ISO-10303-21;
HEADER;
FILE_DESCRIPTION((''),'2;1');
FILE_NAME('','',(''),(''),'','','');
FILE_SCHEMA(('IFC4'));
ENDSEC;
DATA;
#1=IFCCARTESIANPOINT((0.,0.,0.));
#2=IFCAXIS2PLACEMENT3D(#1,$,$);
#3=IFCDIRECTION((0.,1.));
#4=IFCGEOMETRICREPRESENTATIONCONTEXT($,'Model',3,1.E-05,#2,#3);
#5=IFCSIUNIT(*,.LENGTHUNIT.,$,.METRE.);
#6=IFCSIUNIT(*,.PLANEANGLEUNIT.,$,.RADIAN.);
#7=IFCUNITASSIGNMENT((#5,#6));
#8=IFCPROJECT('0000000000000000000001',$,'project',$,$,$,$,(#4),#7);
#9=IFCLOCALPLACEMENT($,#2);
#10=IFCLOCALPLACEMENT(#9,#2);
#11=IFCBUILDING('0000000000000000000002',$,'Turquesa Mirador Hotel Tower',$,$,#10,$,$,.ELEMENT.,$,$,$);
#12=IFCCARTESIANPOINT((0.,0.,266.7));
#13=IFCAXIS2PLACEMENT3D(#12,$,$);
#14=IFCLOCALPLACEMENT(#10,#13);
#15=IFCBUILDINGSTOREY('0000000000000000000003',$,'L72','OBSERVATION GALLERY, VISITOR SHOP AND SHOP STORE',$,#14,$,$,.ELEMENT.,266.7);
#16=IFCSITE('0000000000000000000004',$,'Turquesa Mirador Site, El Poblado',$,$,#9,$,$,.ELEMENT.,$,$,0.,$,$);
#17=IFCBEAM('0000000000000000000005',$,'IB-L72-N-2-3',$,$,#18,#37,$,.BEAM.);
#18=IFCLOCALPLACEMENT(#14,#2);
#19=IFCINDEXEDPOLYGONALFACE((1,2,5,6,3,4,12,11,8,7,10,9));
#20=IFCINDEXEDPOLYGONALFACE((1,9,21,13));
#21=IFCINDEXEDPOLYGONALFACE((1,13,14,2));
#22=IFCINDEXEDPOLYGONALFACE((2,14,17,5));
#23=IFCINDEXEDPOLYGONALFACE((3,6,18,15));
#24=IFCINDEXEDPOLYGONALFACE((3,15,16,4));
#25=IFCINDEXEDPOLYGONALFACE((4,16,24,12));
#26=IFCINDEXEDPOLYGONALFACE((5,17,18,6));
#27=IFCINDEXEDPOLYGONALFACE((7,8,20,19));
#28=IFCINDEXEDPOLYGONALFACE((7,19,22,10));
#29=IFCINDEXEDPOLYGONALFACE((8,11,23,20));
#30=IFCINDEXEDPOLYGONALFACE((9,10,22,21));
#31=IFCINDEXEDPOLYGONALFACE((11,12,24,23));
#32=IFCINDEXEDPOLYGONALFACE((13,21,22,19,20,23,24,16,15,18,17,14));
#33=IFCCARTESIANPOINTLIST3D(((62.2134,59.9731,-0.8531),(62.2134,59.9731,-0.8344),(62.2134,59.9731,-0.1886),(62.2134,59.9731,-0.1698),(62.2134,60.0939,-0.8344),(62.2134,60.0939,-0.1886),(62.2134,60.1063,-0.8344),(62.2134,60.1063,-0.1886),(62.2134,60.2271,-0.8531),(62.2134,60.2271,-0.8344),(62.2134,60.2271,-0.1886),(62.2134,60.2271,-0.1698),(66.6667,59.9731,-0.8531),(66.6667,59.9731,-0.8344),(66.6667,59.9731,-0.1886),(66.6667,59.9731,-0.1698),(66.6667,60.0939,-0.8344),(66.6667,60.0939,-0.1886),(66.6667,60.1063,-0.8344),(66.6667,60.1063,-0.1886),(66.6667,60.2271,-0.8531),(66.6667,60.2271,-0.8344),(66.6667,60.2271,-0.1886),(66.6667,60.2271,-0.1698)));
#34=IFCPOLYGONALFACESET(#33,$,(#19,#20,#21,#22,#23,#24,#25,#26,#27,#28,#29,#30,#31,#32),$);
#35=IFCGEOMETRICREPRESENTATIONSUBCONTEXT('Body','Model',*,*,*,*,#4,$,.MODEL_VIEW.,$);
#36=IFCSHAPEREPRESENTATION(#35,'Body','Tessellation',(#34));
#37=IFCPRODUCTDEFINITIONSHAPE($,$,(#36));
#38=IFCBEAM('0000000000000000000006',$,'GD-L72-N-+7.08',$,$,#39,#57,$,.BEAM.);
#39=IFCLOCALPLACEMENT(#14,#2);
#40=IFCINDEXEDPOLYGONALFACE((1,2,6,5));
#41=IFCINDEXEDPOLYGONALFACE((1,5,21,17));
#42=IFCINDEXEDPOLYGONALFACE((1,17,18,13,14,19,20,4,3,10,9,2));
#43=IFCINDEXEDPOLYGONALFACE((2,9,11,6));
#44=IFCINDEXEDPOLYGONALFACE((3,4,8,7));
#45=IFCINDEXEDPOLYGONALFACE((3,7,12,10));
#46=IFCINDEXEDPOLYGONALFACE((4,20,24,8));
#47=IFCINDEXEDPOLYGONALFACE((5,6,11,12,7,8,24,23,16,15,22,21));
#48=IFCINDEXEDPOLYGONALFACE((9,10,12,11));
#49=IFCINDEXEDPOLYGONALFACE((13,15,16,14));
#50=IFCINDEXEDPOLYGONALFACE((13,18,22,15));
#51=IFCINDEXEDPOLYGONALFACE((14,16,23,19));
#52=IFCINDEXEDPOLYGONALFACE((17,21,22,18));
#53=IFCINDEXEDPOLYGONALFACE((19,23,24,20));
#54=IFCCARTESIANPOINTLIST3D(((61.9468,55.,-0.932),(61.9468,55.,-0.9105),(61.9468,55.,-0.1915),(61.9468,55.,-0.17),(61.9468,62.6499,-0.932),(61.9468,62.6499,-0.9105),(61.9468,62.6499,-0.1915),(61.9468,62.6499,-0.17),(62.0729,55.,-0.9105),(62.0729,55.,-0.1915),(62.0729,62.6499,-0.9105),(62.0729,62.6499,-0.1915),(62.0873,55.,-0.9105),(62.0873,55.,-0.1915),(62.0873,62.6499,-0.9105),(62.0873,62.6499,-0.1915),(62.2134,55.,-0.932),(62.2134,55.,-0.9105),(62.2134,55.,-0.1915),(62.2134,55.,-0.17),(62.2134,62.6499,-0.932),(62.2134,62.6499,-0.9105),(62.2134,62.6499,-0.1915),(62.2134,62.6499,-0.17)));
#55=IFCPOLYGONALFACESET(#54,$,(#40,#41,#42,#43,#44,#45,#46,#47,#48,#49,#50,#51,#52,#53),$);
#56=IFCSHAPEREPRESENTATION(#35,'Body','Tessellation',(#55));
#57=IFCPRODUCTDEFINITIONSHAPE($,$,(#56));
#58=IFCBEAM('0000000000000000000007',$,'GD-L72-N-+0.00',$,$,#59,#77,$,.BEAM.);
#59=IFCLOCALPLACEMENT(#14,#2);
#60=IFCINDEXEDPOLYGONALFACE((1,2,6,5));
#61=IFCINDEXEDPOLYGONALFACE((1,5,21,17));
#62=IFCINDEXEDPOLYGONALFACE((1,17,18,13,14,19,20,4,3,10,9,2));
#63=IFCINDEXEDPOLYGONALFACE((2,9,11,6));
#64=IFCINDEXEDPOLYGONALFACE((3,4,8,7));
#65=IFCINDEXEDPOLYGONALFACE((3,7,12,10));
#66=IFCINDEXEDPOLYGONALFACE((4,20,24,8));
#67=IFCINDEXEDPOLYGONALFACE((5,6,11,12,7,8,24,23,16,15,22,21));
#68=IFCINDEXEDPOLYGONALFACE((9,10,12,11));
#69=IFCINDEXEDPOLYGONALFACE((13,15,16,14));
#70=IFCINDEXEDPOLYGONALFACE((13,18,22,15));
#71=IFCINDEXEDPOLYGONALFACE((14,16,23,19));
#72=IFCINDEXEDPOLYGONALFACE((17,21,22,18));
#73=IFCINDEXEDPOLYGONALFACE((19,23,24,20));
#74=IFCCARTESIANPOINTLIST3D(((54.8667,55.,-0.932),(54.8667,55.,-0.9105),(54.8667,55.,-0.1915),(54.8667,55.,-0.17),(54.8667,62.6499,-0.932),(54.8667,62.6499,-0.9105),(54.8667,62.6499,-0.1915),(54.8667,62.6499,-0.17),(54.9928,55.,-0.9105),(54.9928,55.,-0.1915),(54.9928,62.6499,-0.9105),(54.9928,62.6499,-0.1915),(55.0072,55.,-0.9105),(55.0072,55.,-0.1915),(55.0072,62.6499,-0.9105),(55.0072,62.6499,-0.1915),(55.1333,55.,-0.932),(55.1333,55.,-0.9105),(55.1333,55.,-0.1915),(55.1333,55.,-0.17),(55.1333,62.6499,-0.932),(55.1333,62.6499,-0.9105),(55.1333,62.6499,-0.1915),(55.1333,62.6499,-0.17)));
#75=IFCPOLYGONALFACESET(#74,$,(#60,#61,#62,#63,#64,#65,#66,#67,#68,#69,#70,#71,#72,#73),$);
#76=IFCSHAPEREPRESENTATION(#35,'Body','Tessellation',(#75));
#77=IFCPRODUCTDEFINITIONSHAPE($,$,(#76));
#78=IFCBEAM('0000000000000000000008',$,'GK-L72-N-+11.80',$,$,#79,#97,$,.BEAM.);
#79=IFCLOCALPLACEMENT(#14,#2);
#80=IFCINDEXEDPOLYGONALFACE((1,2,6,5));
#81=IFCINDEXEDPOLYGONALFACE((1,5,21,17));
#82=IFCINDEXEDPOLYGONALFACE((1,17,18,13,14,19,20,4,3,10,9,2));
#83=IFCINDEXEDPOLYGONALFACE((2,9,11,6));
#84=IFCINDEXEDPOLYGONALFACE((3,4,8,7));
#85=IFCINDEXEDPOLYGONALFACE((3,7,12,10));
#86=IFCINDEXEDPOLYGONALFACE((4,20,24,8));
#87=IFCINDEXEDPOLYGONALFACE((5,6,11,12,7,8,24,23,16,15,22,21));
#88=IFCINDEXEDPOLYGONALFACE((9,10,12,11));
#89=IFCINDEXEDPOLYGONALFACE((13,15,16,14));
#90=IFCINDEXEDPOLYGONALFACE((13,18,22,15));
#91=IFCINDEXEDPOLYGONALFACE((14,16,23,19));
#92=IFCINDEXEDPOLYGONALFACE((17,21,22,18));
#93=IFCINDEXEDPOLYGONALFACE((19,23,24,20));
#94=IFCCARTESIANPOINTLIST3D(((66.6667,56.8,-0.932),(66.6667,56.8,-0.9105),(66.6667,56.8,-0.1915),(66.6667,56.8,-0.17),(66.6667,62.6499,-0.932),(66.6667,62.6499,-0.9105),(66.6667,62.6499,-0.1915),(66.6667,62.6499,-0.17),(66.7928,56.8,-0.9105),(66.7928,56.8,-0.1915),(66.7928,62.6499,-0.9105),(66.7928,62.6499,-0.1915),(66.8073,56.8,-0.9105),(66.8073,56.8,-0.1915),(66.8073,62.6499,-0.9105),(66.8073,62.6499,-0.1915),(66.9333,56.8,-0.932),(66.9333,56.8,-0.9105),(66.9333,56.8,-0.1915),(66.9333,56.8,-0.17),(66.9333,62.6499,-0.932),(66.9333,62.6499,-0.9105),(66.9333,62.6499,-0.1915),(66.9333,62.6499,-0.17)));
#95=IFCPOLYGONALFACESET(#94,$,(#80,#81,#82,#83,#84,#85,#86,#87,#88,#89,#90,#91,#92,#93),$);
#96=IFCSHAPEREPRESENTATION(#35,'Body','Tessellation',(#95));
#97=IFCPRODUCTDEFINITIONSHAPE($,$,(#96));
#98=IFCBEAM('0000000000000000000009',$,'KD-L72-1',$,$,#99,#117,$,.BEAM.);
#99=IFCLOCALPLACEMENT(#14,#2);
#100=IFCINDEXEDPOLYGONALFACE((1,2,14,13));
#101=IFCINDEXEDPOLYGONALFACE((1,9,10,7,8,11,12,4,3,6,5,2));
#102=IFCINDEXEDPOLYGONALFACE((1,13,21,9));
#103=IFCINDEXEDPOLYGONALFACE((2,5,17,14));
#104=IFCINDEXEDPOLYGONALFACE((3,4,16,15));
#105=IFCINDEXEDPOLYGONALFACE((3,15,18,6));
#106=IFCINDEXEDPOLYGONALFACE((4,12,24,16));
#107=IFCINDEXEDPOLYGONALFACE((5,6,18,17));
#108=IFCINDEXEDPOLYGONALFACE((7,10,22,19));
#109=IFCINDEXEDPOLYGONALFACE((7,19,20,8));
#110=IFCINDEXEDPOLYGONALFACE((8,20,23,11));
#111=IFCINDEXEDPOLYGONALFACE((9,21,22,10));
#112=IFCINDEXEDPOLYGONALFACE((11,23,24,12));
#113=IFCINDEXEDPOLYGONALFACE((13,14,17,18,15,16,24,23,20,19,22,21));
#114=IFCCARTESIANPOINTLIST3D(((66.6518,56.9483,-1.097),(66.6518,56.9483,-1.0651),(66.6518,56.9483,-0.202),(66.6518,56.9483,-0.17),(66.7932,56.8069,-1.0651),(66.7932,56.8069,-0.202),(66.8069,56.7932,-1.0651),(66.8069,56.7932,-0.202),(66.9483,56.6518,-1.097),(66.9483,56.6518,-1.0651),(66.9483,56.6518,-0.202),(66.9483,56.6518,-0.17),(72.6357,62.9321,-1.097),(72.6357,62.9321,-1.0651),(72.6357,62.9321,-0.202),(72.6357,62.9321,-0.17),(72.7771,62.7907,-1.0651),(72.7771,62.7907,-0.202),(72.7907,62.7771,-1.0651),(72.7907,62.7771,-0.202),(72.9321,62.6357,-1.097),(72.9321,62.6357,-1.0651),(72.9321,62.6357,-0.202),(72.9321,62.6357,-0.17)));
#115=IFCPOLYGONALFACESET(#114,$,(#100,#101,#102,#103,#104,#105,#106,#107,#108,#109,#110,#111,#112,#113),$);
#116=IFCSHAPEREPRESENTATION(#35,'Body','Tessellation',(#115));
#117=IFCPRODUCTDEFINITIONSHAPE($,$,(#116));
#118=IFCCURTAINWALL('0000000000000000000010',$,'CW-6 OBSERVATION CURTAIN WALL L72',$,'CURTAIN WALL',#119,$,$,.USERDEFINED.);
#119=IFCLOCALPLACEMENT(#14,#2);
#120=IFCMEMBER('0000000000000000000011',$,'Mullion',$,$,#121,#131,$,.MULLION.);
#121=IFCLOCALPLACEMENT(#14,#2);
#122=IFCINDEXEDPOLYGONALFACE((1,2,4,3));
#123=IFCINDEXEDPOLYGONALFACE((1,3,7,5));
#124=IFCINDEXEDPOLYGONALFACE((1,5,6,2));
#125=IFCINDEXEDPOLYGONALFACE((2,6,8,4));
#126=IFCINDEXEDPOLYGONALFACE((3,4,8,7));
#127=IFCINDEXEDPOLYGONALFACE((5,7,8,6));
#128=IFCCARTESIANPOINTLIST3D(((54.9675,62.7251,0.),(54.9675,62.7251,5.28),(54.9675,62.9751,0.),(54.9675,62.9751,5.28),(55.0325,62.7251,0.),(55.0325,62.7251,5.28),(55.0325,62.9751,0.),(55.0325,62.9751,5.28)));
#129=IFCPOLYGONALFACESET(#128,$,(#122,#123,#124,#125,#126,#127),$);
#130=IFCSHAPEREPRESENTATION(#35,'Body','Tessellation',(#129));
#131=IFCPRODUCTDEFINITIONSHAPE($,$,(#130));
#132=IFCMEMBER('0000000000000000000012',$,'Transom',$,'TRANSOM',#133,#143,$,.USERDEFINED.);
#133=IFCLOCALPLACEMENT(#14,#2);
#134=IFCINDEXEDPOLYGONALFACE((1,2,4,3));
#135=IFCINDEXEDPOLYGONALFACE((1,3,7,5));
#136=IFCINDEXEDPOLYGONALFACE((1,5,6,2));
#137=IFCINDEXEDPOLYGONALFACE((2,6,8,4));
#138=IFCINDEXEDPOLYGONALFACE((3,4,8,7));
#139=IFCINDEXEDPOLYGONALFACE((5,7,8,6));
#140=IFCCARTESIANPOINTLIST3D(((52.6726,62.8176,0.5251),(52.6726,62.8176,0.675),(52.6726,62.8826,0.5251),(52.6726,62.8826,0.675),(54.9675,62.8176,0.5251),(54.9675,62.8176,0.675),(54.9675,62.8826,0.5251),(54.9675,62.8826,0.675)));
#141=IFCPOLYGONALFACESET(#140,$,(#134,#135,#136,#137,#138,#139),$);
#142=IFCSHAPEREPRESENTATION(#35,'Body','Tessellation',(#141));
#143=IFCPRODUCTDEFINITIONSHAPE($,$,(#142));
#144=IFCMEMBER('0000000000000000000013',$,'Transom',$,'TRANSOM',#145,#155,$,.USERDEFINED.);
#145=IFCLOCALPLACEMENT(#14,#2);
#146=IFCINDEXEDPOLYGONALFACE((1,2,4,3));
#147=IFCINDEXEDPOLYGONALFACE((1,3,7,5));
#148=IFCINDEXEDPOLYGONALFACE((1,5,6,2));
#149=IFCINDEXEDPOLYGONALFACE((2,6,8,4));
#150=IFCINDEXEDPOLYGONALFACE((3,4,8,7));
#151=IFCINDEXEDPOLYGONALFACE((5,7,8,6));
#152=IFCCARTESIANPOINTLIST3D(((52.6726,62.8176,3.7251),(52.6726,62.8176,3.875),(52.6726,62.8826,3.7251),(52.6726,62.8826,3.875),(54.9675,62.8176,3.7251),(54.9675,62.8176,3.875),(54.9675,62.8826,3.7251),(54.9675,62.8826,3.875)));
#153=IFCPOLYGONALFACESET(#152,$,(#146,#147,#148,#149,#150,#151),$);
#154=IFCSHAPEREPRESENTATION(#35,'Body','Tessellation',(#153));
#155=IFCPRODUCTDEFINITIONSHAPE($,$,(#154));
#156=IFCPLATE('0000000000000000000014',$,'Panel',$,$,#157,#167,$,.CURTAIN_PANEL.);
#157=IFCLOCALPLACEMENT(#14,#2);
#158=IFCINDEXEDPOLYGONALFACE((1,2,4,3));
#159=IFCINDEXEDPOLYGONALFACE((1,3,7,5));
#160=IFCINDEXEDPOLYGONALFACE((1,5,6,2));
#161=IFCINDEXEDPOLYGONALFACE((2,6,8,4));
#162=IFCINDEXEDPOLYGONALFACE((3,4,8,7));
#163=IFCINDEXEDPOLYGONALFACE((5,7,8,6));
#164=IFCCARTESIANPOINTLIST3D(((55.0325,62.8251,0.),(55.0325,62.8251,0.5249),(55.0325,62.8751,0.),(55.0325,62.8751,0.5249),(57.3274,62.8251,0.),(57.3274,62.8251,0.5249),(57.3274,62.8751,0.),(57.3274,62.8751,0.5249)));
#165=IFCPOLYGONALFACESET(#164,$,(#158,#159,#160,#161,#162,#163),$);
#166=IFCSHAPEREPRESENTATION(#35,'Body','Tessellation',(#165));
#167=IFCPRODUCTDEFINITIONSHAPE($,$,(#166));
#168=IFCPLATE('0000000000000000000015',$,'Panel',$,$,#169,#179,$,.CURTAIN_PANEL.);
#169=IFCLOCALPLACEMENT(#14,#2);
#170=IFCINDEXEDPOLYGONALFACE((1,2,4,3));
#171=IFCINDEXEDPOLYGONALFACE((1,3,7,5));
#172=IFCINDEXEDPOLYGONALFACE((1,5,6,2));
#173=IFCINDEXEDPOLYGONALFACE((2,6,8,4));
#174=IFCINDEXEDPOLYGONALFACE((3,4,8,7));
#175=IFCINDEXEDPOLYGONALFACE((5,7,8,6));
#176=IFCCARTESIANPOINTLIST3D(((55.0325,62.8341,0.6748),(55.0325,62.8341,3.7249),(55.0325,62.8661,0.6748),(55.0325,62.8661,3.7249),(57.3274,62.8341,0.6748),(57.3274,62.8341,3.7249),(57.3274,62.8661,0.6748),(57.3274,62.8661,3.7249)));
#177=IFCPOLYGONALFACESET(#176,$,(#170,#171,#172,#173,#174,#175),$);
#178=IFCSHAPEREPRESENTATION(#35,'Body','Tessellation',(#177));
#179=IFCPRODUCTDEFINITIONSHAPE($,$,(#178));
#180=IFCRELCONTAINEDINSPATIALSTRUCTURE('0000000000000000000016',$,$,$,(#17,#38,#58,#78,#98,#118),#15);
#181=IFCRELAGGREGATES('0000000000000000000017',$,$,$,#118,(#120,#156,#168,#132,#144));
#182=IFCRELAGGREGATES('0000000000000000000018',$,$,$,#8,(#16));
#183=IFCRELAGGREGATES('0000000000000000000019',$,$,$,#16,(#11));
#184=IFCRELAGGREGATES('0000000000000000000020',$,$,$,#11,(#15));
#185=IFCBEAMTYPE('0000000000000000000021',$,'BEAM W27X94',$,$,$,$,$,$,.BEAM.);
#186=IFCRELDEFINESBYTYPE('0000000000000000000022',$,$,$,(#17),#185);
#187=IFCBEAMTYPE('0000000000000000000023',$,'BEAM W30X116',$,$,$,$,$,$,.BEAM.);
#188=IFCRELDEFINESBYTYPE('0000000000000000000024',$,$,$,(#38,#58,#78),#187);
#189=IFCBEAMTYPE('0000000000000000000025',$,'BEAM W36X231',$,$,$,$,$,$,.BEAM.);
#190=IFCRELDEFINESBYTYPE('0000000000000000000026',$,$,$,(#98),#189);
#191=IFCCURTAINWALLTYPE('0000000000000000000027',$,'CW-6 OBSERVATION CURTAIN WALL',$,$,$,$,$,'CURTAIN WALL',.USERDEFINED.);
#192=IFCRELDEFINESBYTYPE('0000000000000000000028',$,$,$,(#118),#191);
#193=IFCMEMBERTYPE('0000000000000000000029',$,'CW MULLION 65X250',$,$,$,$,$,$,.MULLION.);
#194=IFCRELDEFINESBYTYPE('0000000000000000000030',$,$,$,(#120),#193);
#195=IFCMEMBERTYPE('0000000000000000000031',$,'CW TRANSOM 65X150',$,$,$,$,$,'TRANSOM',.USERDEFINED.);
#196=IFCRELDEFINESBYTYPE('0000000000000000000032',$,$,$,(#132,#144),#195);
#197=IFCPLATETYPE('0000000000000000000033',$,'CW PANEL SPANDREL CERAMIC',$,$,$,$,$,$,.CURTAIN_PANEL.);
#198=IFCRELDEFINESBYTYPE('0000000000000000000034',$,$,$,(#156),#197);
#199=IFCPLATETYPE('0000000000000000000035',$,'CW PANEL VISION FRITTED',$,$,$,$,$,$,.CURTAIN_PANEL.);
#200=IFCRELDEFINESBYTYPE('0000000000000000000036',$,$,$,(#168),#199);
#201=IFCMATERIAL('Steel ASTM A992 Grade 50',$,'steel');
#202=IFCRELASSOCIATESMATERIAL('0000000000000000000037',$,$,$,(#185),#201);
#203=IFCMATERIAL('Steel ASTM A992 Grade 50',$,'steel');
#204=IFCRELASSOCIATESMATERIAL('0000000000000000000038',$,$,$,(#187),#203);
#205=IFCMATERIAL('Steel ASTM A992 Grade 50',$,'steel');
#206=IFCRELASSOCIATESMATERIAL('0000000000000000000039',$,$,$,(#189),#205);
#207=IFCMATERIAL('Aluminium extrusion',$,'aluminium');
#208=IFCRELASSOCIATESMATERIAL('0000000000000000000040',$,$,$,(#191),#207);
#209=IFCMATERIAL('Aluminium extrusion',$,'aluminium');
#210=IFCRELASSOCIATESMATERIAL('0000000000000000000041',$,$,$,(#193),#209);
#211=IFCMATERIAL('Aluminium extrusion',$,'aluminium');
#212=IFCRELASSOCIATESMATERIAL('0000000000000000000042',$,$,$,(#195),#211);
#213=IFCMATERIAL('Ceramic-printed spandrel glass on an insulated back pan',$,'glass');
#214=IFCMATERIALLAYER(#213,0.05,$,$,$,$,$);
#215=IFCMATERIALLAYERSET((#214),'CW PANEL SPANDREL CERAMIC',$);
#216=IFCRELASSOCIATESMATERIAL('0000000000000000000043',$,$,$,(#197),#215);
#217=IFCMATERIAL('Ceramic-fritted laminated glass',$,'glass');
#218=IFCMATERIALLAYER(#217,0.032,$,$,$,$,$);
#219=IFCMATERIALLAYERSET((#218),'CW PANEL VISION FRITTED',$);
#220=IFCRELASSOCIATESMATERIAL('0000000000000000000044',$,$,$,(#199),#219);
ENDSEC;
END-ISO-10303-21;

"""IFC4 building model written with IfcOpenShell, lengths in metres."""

from ifc_helpers import new_model, si_unit, direction, frame, origin, origin_2d, place, context, subcontext, project, spatial, rectangle, i_section, extrude, material, layer, layer_set, material_profile, profile_set, type_object, element, aggregate, save


model = new_model("IFC4")

# Units and contexts
model_context = context("Model", 3, precision=1e-05, world=origin(), true_north=direction((0.0, 1.0)))
body_context = subcontext(model_context, "Body", "Model", "MODEL_VIEW")
ifc_project = project(units=[si_unit("LENGTHUNIT", "METRE"), si_unit("PLANEANGLEUNIT", "RADIAN")], contexts=[model_context])

# Site, building, storey
site_placement = place(None, origin())
site = spatial("IfcSite", under=ifc_project, at=site_placement, Name="Turquesa Mirador Site, El Poblado", CompositionType="ELEMENT", RefElevation=0.0)
building_placement = place(site_placement, origin())
building = spatial("IfcBuilding", under=site, at=building_placement, Name="Turquesa Mirador Hotel Tower", CompositionType="ELEMENT")
storey_placement = place(building_placement, frame((0.0, 0.0, 266.7)))
storey = spatial("IfcBuildingStorey", under=building, at=storey_placement, Name="L72", Description="OBSERVATION GALLERY, VISITOR SHOP AND SHOP STORE", CompositionType="ELEMENT", Elevation=266.7)

# Beams
ifc_material_1 = material(Name="Steel ASTM A992 Grade 50", Category="steel")
ifc_material_profile_1 = material_profile(ifc_material_1, i_section(OverallWidth=0.2539, OverallDepth=0.6833, WebThickness=0.0125, FlangeThickness=0.0188, at=origin_2d()), Name="W27X94")
ifc_profile_set_1 = profile_set([ifc_material_profile_1], Name="Steel ASTM A992 Grade 50")
beam_type_1 = type_object("IfcBeamType", Name="BEAM W27X94", PredefinedType="BEAM", material=ifc_profile_set_1)
beam_1_placement = place(storey_placement, frame((62.2134, 60.1001, -0.5115), z_axis=(1.0, 0.0, 0.0), x_axis=(0.0, 1.0, 0.0)))
element("IfcBeam", 1, at=beam_1_placement, inside=storey, type_object=beam_type_1, Name="IB-L72-N-2-3", PredefinedType="BEAM", context=body_context, shape_type="SweptSolid", body=[
    extrude(i_section(OverallWidth=0.2539, OverallDepth=0.6833, WebThickness=0.0125, FlangeThickness=0.0188, at=origin_2d()), origin(), (0.0, 0.0, 1.0), 4.4534),
])
ifc_material_2 = material(Name="Steel ASTM A992 Grade 50", Category="steel")
ifc_material_profile_2 = material_profile(ifc_material_2, i_section(OverallWidth=0.2666, OverallDepth=0.762, WebThickness=0.0144, FlangeThickness=0.0215, at=origin_2d()), Name="W30X116")
ifc_profile_set_2 = profile_set([ifc_material_profile_2], Name="Steel ASTM A992 Grade 50")
beam_type_2 = type_object("IfcBeamType", Name="BEAM W30X116", PredefinedType="BEAM", material=ifc_profile_set_2)
for number, where, z_axis, x_axis, name in (
    (2, (62.0801, 62.6499, -0.551), (0.0, -1.0, 0.0), (1.0, 0.0, 0.0), "GD-L72-N-+7.08"),
    (3, (55.0, 62.6499, -0.551), (0.0, -1.0, 0.0), (1.0, 0.0, 0.0), "GD-L72-N-+0.00"),
):
    element("IfcBeam", number, at=place(storey_placement, frame(where, z_axis=z_axis, x_axis=x_axis)), inside=storey, type_object=beam_type_2, Name=name, PredefinedType="BEAM", context=body_context, shape_type="SweptSolid", body=[
        extrude(i_section(OverallWidth=0.2666, OverallDepth=0.762, WebThickness=0.0144, FlangeThickness=0.0215, at=origin_2d()), origin(), (0.0, 0.0, 1.0), 7.6499),
    ])
beam_2_placement = place(storey_placement, frame((66.8, 62.6499, -0.551), z_axis=(0.0, -1.0, 0.0), x_axis=(1.0, 0.0, 0.0)))
element("IfcBeam", 4, at=beam_2_placement, inside=storey, type_object=beam_type_2, Name="GK-L72-N-+11.80", PredefinedType="BEAM", context=body_context, shape_type="SweptSolid", body=[
    extrude(i_section(OverallWidth=0.2666, OverallDepth=0.762, WebThickness=0.0144, FlangeThickness=0.0215, at=origin_2d()), origin(), (0.0, 0.0, 1.0), 5.8499),
])
ifc_material_3 = material(Name="Steel ASTM A992 Grade 50", Category="steel")
ifc_material_profile_3 = material_profile(ifc_material_3, i_section(OverallWidth=0.4192, OverallDepth=0.927, WebThickness=0.0193, FlangeThickness=0.032, at=origin_2d()), Name="W36X231")
ifc_profile_set_3 = profile_set([ifc_material_profile_3], Name="Steel ASTM A992 Grade 50")
beam_type_3 = type_object("IfcBeamType", Name="BEAM W36X231", PredefinedType="BEAM", material=ifc_profile_set_3)
beam_3_placement = place(storey_placement, frame((66.8, 56.8, -0.6335), z_axis=(0.707107, 0.707107, 0.0), x_axis=(-0.707107, 0.707107, 0.0)))
element("IfcBeam", 5, at=beam_3_placement, inside=storey, type_object=beam_type_3, Name="KD-L72-1", PredefinedType="BEAM", context=body_context, shape_type="SweptSolid", body=[
    extrude(i_section(OverallWidth=0.4192, OverallDepth=0.927, WebThickness=0.0193, FlangeThickness=0.032, at=origin_2d()), origin(), (0.0, 0.0, 1.0), 8.4624),
])

# Curtain wall, members, plates
ifc_material_4 = material(Name="Aluminium extrusion", Category="aluminium")
curtain_wall_type = type_object("IfcCurtainWallType", Name="CW-6 OBSERVATION CURTAIN WALL", ElementType="CURTAIN WALL", PredefinedType="USERDEFINED", material=ifc_material_4)
curtain_wall_placement = place(storey_placement, origin())
curtain_wall = element("IfcCurtainWall", 6, at=curtain_wall_placement, inside=storey, type_object=curtain_wall_type, Name="CW-6 OBSERVATION CURTAIN WALL L72", ObjectType="CURTAIN WALL", PredefinedType="USERDEFINED")
ifc_material_5 = material(Name="Aluminium extrusion", Category="aluminium")
ifc_material_profile_4 = material_profile(ifc_material_5, rectangle(XDim=0.0649, YDim=0.25, at=origin_2d()), Name="MULLION 65X250")
ifc_profile_set_4 = profile_set([ifc_material_profile_4], Name="Aluminium extrusion")
member_type_1 = type_object("IfcMemberType", Name="CW MULLION 65X250", PredefinedType="MULLION", material=ifc_profile_set_4)
member_1_placement = place(storey_placement, frame((55.0, 62.8501, 0.0), z_axis=(0.0, 0.0, 1.0), x_axis=(-1.0, 0.0, 0.0)))
member_1 = element("IfcMember", 7, at=member_1_placement, type_object=member_type_1, Name="Mullion", PredefinedType="MULLION", context=body_context, shape_type="SweptSolid", body=[
    extrude(rectangle(XDim=0.0649, YDim=0.25, at=origin_2d()), origin(), (0.0, 0.0, 1.0), 5.28),
])
ifc_material_6 = material(Name="Aluminium extrusion", Category="aluminium")
ifc_material_profile_5 = material_profile(ifc_material_6, rectangle(XDim=0.0649, YDim=0.1499, at=origin_2d()), Name="TRANSOM 65X150")
ifc_profile_set_5 = profile_set([ifc_material_profile_5], Name="Aluminium extrusion")
member_type_2 = type_object("IfcMemberType", Name="CW TRANSOM 65X150", ElementType="TRANSOM", PredefinedType="USERDEFINED", material=ifc_profile_set_5)
member_2_placement = place(storey_placement, frame((54.9675, 62.8501, 0.6001), z_axis=(-1.0, 0.0, 0.0), x_axis=(0.0, -1.0, 0.0)))
member_2 = element("IfcMember", 8, at=member_2_placement, type_object=member_type_2, Name="Transom", ObjectType="TRANSOM", PredefinedType="USERDEFINED", context=body_context, shape_type="SweptSolid", body=[
    extrude(rectangle(XDim=0.0649, YDim=0.1499, at=origin_2d()), origin(), (0.0, 0.0, 1.0), 2.2949),
])
member_3_placement = place(storey_placement, frame((54.9675, 62.8501, 3.8), z_axis=(-1.0, 0.0, 0.0), x_axis=(0.0, -1.0, 0.0)))
member_3 = element("IfcMember", 9, at=member_3_placement, type_object=member_type_2, Name="Transom", ObjectType="TRANSOM", PredefinedType="USERDEFINED", context=body_context, shape_type="SweptSolid", body=[
    extrude(rectangle(XDim=0.0649, YDim=0.1499, at=origin_2d()), origin(), (0.0, 0.0, 1.0), 2.2949),
])
ifc_material_7 = material(Name="Ceramic-printed spandrel glass on an insulated back pan", Category="glass")
ifc_layer_1 = layer(ifc_material_7, 0.05)
ifc_layer_set_1 = layer_set([ifc_layer_1], Name="CW PANEL SPANDREL CERAMIC")
plate_type_1 = type_object("IfcPlateType", Name="CW PANEL SPANDREL CERAMIC", PredefinedType="CURTAIN_PANEL", material=ifc_layer_set_1)
plate_1_placement = place(storey_placement, frame((56.1799, 62.8501, 0.0), z_axis=(0.0, 0.0, 1.0), x_axis=(-1.0, 0.0, 0.0)))
plate_1 = element("IfcPlate", 10, at=plate_1_placement, type_object=plate_type_1, Name="Panel", PredefinedType="CURTAIN_PANEL", context=body_context, shape_type="SweptSolid", body=[
    extrude(rectangle(XDim=2.2949, YDim=0.05, at=origin_2d()), origin(), (0.0, 0.0, 1.0), 0.5249),
])
ifc_material_8 = material(Name="Ceramic-fritted laminated glass", Category="glass")
ifc_layer_2 = layer(ifc_material_8, 0.032)
ifc_layer_set_2 = layer_set([ifc_layer_2], Name="CW PANEL VISION FRITTED")
plate_type_2 = type_object("IfcPlateType", Name="CW PANEL VISION FRITTED", PredefinedType="CURTAIN_PANEL", material=ifc_layer_set_2)
plate_2_placement = place(storey_placement, frame((56.1799, 62.8501, 0.6748), z_axis=(0.0, 0.0, 1.0), x_axis=(-1.0, 0.0, 0.0)))
plate_2 = element("IfcPlate", 11, at=plate_2_placement, type_object=plate_type_2, Name="Panel", PredefinedType="CURTAIN_PANEL", context=body_context, shape_type="SweptSolid", body=[
    extrude(rectangle(XDim=2.2949, YDim=0.032, at=origin_2d()), origin(), (0.0, 0.0, 1.0), 3.05),
])
aggregate(curtain_wall, [member_1, plate_1, plate_2, member_2, member_3])

save(model, "model.ifc")
